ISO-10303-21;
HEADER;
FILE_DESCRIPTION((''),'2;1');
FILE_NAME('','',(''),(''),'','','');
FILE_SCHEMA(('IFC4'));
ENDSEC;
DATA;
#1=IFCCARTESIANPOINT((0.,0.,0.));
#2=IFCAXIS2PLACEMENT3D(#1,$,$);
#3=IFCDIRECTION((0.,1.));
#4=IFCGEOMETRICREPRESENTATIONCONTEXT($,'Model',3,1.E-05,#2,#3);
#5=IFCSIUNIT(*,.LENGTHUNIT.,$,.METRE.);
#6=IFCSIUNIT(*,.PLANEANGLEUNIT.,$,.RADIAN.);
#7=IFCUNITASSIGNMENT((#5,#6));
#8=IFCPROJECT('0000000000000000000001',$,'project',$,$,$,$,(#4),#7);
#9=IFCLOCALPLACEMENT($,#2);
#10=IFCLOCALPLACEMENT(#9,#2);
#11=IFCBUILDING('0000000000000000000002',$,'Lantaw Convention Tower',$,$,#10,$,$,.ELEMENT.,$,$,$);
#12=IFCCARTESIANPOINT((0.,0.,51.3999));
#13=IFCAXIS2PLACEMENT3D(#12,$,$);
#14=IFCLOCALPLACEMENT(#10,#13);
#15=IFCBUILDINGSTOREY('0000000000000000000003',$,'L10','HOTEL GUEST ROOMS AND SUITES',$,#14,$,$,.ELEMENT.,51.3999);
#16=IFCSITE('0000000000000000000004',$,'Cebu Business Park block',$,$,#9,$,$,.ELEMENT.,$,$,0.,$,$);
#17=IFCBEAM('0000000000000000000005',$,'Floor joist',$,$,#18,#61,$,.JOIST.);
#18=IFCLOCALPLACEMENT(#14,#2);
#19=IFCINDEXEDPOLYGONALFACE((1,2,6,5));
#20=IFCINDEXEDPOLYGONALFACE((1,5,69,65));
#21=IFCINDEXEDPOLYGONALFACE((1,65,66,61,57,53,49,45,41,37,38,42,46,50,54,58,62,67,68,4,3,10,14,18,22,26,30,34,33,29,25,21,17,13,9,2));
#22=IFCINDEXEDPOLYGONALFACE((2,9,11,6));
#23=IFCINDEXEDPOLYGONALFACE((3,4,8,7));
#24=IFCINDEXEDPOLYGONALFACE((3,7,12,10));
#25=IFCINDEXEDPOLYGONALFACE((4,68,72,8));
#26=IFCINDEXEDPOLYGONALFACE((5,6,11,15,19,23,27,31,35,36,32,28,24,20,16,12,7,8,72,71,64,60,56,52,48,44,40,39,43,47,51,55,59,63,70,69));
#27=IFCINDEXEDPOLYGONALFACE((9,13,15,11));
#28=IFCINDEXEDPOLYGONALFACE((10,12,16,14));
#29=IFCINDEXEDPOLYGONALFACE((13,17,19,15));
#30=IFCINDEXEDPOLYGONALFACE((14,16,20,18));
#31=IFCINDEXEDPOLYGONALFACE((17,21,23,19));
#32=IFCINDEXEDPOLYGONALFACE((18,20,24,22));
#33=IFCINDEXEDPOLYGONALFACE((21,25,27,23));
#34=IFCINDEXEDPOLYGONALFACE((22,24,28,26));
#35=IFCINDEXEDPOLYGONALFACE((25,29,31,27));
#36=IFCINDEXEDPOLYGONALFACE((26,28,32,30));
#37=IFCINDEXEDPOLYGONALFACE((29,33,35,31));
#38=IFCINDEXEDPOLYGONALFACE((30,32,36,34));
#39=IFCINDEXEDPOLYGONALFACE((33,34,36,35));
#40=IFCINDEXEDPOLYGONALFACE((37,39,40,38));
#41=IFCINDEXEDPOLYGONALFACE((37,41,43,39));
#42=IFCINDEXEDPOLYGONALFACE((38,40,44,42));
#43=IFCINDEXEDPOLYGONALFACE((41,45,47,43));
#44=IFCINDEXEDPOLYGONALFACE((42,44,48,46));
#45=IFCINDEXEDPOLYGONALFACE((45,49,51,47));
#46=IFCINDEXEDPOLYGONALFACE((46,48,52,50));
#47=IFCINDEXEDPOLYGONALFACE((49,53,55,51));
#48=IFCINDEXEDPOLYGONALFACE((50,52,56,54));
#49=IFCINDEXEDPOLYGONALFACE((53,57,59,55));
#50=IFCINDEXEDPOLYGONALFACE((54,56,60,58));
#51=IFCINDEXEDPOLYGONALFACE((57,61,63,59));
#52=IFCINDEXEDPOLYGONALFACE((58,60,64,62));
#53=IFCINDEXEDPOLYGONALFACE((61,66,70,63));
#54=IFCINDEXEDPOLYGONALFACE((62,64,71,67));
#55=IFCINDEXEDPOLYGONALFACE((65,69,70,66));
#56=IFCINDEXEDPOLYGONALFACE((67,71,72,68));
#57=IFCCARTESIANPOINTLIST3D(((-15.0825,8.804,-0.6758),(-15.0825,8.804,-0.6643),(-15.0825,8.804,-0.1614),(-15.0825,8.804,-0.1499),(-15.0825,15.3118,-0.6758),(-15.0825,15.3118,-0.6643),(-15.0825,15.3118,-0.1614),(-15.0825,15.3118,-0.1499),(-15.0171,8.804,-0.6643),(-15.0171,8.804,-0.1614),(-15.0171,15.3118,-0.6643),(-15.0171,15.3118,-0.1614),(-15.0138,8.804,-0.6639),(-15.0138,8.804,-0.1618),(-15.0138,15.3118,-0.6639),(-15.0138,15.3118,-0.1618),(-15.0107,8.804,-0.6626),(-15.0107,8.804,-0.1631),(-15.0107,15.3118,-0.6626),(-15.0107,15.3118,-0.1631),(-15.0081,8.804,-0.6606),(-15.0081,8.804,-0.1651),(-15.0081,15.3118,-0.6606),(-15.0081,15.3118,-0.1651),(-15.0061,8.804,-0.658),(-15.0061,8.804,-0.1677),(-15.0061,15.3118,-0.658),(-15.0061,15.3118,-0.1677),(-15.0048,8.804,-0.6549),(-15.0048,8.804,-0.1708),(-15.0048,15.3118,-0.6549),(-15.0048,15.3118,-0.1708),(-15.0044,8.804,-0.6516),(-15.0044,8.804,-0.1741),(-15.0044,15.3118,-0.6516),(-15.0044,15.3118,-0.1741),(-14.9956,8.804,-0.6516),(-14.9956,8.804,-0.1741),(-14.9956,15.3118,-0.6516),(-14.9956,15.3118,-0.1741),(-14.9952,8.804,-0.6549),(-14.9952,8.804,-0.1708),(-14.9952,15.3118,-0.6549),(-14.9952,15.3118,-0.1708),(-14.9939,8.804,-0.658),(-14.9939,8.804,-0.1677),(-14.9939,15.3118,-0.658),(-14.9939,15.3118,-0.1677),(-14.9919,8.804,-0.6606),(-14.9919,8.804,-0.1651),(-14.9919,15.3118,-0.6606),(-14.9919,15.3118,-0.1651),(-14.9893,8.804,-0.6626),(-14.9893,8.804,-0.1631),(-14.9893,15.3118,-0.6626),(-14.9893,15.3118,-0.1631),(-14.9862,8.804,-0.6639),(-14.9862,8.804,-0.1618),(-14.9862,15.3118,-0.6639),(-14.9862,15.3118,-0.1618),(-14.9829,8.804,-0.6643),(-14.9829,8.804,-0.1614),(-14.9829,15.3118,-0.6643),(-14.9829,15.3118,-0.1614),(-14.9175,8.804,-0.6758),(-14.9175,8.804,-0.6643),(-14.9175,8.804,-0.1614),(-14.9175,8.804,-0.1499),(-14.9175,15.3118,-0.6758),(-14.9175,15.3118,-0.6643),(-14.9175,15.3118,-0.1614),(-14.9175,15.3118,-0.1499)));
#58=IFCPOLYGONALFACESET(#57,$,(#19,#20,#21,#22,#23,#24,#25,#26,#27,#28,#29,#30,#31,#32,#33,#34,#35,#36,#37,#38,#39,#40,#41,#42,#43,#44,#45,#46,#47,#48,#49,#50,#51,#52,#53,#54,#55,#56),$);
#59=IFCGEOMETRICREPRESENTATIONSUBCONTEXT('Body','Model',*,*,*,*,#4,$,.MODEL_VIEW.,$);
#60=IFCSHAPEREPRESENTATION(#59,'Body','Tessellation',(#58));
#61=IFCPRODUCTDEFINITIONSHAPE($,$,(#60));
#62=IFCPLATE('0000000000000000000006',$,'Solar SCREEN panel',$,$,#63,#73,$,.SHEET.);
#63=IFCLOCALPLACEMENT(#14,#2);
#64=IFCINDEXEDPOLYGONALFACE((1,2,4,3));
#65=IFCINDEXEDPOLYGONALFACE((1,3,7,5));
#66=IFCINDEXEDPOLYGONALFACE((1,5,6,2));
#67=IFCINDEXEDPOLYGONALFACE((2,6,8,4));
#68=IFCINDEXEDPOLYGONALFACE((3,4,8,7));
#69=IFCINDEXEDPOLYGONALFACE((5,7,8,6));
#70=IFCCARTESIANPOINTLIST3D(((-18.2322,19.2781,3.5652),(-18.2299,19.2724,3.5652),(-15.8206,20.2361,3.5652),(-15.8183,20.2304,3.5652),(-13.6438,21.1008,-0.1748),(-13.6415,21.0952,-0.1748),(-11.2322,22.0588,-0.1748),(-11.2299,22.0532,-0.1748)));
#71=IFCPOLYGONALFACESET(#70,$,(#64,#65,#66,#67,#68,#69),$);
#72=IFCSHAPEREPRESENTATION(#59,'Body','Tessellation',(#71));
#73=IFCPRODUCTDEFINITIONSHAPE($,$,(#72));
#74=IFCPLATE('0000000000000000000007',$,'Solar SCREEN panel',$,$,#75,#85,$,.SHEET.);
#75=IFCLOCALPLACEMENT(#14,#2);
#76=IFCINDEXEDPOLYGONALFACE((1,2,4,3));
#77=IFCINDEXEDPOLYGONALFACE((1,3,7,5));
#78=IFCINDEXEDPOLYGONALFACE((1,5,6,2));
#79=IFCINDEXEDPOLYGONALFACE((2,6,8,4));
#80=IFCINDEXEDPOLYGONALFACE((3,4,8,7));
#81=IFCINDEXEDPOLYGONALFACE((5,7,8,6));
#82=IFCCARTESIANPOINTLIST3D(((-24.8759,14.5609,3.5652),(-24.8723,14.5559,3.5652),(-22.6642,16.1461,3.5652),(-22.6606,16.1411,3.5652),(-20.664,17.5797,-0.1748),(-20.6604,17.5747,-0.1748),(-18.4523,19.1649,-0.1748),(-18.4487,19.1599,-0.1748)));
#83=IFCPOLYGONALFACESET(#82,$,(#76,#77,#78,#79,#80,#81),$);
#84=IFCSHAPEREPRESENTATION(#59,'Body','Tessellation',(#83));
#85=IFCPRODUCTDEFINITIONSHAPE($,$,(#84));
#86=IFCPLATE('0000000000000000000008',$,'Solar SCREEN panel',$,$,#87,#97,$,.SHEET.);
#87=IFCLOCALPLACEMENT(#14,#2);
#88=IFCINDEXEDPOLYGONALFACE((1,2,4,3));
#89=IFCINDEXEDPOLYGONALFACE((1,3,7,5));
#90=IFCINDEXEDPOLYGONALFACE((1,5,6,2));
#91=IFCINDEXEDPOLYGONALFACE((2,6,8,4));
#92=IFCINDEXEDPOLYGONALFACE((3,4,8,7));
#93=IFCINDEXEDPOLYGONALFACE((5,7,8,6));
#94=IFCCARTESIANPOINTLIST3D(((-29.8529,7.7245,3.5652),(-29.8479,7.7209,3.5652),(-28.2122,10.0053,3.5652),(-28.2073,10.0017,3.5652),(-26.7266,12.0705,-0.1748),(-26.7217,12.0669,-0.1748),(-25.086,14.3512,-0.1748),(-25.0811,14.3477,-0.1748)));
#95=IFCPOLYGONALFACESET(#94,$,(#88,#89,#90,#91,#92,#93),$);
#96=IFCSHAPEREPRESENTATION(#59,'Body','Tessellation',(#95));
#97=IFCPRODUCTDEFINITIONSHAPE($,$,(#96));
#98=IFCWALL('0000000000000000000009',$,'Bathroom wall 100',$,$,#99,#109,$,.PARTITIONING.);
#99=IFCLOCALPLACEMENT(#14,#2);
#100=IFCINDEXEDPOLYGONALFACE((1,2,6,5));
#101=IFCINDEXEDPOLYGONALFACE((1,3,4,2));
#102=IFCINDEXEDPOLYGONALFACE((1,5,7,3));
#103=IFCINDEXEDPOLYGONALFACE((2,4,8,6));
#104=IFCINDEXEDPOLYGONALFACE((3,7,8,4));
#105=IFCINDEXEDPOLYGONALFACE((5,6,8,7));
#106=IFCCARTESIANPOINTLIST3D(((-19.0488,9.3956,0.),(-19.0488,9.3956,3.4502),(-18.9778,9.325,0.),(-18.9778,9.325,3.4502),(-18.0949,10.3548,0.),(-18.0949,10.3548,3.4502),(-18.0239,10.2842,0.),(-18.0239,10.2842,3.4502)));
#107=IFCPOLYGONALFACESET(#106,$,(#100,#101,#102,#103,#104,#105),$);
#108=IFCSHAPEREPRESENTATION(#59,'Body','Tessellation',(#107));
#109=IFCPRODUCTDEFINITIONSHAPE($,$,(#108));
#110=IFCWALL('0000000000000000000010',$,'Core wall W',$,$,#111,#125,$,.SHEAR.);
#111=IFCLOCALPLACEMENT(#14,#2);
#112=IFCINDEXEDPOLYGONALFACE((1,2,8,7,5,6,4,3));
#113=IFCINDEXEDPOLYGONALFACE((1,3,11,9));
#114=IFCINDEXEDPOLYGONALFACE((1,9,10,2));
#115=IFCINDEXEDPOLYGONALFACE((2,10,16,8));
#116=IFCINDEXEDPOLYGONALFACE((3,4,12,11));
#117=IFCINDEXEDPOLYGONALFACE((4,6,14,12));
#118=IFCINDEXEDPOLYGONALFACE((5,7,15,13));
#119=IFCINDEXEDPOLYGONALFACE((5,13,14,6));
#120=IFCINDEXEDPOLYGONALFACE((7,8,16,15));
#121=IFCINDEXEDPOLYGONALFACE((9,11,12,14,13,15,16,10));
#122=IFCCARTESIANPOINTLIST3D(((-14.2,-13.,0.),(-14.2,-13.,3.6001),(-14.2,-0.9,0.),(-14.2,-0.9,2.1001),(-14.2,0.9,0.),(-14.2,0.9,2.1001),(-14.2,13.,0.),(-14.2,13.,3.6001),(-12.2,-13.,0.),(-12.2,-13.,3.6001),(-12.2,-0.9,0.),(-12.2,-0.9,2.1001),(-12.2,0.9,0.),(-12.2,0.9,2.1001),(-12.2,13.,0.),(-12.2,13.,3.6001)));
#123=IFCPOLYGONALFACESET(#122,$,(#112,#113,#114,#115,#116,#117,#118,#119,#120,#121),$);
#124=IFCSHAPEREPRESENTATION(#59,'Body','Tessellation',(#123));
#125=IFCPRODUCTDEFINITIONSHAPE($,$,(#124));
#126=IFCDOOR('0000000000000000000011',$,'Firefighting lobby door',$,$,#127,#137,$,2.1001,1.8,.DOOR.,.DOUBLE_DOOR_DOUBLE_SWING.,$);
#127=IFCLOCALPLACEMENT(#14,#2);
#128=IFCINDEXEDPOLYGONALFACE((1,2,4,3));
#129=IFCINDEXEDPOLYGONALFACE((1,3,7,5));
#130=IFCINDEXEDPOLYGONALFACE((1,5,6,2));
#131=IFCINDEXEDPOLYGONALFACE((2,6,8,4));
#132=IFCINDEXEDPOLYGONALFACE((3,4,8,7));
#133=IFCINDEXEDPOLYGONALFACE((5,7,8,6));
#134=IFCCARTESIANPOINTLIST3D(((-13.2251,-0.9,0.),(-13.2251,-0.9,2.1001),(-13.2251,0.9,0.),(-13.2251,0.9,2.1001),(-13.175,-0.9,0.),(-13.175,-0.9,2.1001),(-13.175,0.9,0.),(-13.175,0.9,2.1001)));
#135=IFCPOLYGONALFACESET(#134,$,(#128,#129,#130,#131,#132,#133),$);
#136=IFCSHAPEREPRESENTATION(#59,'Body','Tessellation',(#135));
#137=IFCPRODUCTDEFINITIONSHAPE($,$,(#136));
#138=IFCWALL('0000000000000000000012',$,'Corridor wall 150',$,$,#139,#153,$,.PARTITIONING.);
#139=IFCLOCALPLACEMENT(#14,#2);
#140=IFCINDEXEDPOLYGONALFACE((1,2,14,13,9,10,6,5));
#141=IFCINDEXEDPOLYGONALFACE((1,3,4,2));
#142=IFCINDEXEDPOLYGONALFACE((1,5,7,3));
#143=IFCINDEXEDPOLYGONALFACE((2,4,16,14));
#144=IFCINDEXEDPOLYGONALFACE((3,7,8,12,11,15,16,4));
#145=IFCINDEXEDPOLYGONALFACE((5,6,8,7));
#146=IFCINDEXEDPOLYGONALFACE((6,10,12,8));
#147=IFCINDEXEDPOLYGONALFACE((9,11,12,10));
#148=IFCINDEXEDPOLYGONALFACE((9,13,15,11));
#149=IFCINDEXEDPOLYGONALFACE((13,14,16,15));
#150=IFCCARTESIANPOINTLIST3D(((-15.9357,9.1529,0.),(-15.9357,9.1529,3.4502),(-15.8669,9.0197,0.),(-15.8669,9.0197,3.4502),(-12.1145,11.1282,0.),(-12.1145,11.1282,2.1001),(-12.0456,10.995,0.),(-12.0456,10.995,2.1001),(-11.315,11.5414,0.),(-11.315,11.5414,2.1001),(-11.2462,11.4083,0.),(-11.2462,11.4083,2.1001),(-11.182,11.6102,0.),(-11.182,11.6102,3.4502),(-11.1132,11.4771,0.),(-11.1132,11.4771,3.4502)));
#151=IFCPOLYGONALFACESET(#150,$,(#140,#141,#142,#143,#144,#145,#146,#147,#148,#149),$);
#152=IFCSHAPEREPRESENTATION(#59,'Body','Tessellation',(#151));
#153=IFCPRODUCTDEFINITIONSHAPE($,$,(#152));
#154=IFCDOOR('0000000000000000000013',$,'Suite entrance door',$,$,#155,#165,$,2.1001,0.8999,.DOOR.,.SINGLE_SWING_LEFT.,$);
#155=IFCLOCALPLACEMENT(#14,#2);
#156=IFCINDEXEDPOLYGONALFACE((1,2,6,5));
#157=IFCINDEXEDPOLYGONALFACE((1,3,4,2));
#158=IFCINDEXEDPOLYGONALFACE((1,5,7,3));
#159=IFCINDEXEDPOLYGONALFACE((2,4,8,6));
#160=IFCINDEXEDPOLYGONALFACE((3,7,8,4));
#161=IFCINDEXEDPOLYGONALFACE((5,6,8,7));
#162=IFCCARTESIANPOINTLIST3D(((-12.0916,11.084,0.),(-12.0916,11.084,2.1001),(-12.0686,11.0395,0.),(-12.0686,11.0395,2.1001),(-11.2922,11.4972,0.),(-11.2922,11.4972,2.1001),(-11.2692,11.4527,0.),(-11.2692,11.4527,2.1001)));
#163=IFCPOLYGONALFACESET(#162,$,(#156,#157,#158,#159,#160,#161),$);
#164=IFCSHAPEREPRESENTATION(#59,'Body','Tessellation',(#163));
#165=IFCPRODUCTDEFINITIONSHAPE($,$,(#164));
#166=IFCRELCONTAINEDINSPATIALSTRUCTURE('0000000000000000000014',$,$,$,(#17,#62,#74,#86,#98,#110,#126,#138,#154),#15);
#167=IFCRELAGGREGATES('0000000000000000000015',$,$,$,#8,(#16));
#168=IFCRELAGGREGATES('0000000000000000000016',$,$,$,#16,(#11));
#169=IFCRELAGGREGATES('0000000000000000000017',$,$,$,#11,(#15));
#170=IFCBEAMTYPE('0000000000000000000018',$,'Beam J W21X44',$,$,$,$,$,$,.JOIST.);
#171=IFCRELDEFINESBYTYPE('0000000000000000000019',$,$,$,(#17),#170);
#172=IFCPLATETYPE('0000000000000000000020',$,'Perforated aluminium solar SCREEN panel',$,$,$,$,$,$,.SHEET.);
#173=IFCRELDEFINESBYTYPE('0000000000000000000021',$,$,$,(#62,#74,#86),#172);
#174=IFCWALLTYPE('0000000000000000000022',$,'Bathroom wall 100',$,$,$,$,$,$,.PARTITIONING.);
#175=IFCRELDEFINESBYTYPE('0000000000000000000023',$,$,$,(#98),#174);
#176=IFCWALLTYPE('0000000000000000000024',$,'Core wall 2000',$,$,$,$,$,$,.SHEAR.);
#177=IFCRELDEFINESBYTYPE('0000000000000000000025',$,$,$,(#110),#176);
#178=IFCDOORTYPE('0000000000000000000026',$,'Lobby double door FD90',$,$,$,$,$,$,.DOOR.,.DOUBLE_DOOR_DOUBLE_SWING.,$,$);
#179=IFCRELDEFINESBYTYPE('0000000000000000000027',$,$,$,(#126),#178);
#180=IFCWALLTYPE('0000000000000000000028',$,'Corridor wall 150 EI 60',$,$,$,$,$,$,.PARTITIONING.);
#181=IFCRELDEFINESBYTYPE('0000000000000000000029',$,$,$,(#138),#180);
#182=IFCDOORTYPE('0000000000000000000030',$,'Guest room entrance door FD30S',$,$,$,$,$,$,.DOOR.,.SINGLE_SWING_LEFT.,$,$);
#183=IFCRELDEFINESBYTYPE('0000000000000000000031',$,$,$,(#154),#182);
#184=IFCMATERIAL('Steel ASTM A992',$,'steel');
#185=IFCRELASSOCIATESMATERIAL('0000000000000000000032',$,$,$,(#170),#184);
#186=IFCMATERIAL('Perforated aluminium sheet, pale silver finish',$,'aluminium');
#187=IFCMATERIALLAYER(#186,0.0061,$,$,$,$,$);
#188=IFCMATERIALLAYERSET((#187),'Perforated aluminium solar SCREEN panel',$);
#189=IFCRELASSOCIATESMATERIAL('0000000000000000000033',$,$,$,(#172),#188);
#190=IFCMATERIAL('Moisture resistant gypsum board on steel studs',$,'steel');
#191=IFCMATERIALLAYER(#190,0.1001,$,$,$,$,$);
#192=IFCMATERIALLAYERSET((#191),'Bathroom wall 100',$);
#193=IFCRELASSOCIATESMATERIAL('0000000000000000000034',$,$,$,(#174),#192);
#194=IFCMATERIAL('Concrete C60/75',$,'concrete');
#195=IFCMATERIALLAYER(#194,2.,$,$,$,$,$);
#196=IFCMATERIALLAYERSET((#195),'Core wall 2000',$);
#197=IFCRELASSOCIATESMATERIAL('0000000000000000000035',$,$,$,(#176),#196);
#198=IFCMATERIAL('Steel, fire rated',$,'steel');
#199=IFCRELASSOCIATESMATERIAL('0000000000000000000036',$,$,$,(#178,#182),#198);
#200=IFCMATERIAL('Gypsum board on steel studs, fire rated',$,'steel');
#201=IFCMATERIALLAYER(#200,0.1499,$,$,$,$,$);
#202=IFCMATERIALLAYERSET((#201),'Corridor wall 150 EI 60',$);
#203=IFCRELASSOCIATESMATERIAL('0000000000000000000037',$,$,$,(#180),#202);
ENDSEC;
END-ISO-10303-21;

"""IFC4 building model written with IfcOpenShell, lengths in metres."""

from ifc_helpers import new_model, si_unit, direction, frame, frame_2d, origin, origin_2d, place, context, subcontext, project, spatial, polyline, rectangle, i_section, outline, extrude, material, layer, layer_set, material_profile, profile_set, type_object, element, fill, save


model = new_model("IFC4")

# Units and contexts
model_context = context("Model", 3, precision=1e-05, world=origin(), true_north=direction((0.0, 1.0)))
body_context = subcontext(model_context, "Body", "Model", "MODEL_VIEW")
ifc_project = project(units=[si_unit("LENGTHUNIT", "METRE"), si_unit("PLANEANGLEUNIT", "RADIAN")], contexts=[model_context])

# Site, building, storey
site_placement = place(None, origin())
site = spatial("IfcSite", under=ifc_project, at=site_placement, Name="Cebu Business Park block", CompositionType="ELEMENT", RefElevation=0.0)
building_placement = place(site_placement, origin())
building = spatial("IfcBuilding", under=site, at=building_placement, Name="Lantaw Convention Tower", CompositionType="ELEMENT")
storey_placement = place(building_placement, frame((0.0, 0.0, 51.3999)))
storey = spatial("IfcBuildingStorey", under=building, at=storey_placement, Name="L10", Description="HOTEL GUEST ROOMS AND SUITES", CompositionType="ELEMENT", Elevation=51.3999)

# Shared definitions
ifc_material_1 = material(Name="Concrete C60/75", Category="concrete")

# Beam
ifc_material_2 = material(Name="Steel ASTM A992", Category="steel")
ifc_material_profile_1 = material_profile(ifc_material_2, i_section(OverallWidth=0.165, OverallDepth=0.5259, WebThickness=0.0088, FlangeThickness=0.0115, FilletRadius=0.0127, at=origin_2d()), Name="W21X44")
ifc_profile_set_1 = profile_set([ifc_material_profile_1], Name="Steel ASTM A992")
beam_type_1 = type_object("IfcBeamType", Name="Beam J W21X44", PredefinedType="JOIST", material=ifc_profile_set_1)
beam_1_placement = place(storey_placement, frame((-15.0, 8.804, -0.4128), z_axis=(0.0, 1.0, 0.0), x_axis=(-1.0, 0.0, 0.0)))
element("IfcBeam", 1, at=beam_1_placement, inside=storey, type_object=beam_type_1, Name="Floor joist", PredefinedType="JOIST", context=body_context, shape_type="SweptSolid", body=[
    extrude(i_section(OverallWidth=0.165, OverallDepth=0.5259, WebThickness=0.0088, FlangeThickness=0.0115, FilletRadius=0.0127, at=origin_2d()), origin(), (0.0, 0.0, 1.0), 6.5078),
])

# Plates
ifc_material_3 = material(Name="Perforated aluminium sheet, pale silver finish", Category="aluminium")
ifc_layer_1 = layer(ifc_material_3, 0.0061)
ifc_layer_set_1 = layer_set([ifc_layer_1], Name="Perforated aluminium solar SCREEN panel")
plate_type = type_object("IfcPlateType", Name="Perforated aluminium solar SCREEN panel", PredefinedType="SHEET", material=ifc_layer_set_1)
plate_1_placement = place(storey_placement, frame((-11.2322, 22.0588, -0.1748), z_axis=(-0.369184, 0.929357, 0.000009), x_axis=(-0.929357, -0.369184, 0.0)))
element("IfcPlate", 2, at=plate_1_placement, inside=storey, type_object=plate_type, Name="Solar SCREEN panel", PredefinedType="SHEET", context=body_context, shape_type="SweptSolid", body=[
    extrude(outline(polyline([(0.0, 0.0), (2.5949, 0.0), (7.5321, 3.74), (4.9372, 3.74), (0.0, 0.0)])), origin(), (0.0, 0.0, -1.0), 0.0061),
])
plate_2_placement = place(storey_placement, frame((-18.4487, 19.1599, -0.1748), z_axis=(0.582561, -0.812787, 0.000016), x_axis=(-0.812787, -0.582561, 0.0)))
element("IfcPlate", 3, at=plate_2_placement, inside=storey, type_object=plate_type, Name="Solar SCREEN panel", PredefinedType="SHEET", context=body_context, shape_type="SweptSolid", body=[
    extrude(outline(polyline([(0.0, 0.0), (2.7211, 0.0), (7.9031, -3.74), (5.182, -3.74), (0.0, 0.0)])), origin(), (0.0, 0.0, -1.0), 0.0061),
])
plate_3_placement = place(storey_placement, frame((-25.0811, 14.3477, -0.1748), z_axis=(0.811791, -0.583948, 0.000009), x_axis=(-0.583948, -0.811791, 0.0)))
element("IfcPlate", 4, at=plate_3_placement, inside=storey, type_object=plate_type, Name="Solar SCREEN panel", PredefinedType="SHEET", context=body_context, shape_type="SweptSolid", body=[
    extrude(outline(polyline([(0.0, 0.0), (2.8095, 0.0), (8.1631, -3.74), (5.3536, -3.74), (0.0, 0.0)])), origin(), (0.0, 0.0, -1.0), 0.0061),
])

# Wall
ifc_material_4 = material(Name="Moisture resistant gypsum board on steel studs", Category="steel")
ifc_layer_2 = layer(ifc_material_4, 0.1001)
ifc_layer_set_2 = layer_set([ifc_layer_2], Name="Bathroom wall 100")
wall_type_1 = type_object("IfcWallType", Name="Bathroom wall 100", PredefinedType="PARTITIONING", material=ifc_layer_set_2)
wall_1_placement = place(storey_placement, frame((-19.0132, 9.3604, 0.0), z_axis=(0.0, 0.0, 1.0), x_axis=(0.705119, 0.709089, 0.0)))
element("IfcWall", 5, at=wall_1_placement, inside=storey, type_object=wall_type_1, Name="Bathroom wall 100", PredefinedType="PARTITIONING", context=body_context, shape_type="SweptSolid", body=[
    extrude(rectangle(XDim=1.3528, YDim=0.1001, at=frame_2d((0.6763, 0.0))), origin(), (0.0, 0.0, 1.0), 3.4502),
])

# Walls, openings, doors
ifc_layer_3 = layer(ifc_material_1, 2.0)
ifc_layer_set_3 = layer_set([ifc_layer_3], Name="Core wall 2000")
wall_type_2 = type_object("IfcWallType", Name="Core wall 2000", PredefinedType="SHEAR", material=ifc_layer_set_3)
wall_2_placement = place(storey_placement, frame((-13.2, 13.0, 0.0), z_axis=(0.0, 0.0, 1.0), x_axis=(0.0, -1.0, 0.0)))
wall_2 = element("IfcWall", 6, at=wall_2_placement, inside=storey, type_object=wall_type_2, Name="Core wall W", PredefinedType="SHEAR", context=body_context, shape_type="SweptSolid", body=[
    extrude(rectangle(XDim=26.0, YDim=2.0, at=frame_2d((13.0, 0.0))), origin(), (0.0, 0.0, 1.0), 3.6001),
])
opening_1_placement = place(wall_2_placement, frame((12.1001, 0.0, 0.0)))
opening_1 = element("IfcOpeningElement", 7, at=opening_1_placement, cuts=wall_2, PredefinedType="OPENING", context=body_context, shape_type="SweptSolid", body=[
    extrude(rectangle(XDim=1.8, YDim=2.1001, at=frame_2d((0.8999, 1.05))), frame((0.0, 1.01, 0.0), z_axis=(0.0, -1.0, 0.0), x_axis=(1.0, 0.0, 0.0)), (0.0, 0.0, 1.0), 2.02),
])
ifc_material_5 = material(Name="Steel, fire rated", Category="steel")
door_type_1 = type_object("IfcDoorType", Name="Lobby double door FD90", OperationType="DOUBLE_DOOR_DOUBLE_SWING", PredefinedType="DOOR", material=ifc_material_5)
door_1_placement = place(opening_1_placement, origin())
door_1 = element("IfcDoor", 8, at=door_1_placement, inside=storey, type_object=door_type_1, Name="Firefighting lobby door", OperationType="DOUBLE_DOOR_DOUBLE_SWING", OverallHeight=2.1001, OverallWidth=1.8, PredefinedType="DOOR", context=body_context, shape_type="SweptSolid", body=[
    extrude(rectangle(XDim=1.8, YDim=2.1001, at=frame_2d((0.8999, 1.05))), frame((0.0, 0.0249, 0.0), z_axis=(0.0, -1.0, 0.0), x_axis=(1.0, 0.0, 0.0)), (0.0, 0.0, 1.0), 0.05),
])
fill(opening_1, door_1)
ifc_material_6 = material(Name="Gypsum board on steel studs, fire rated", Category="steel")
ifc_layer_4 = layer(ifc_material_6, 0.1499)
ifc_layer_set_4 = layer_set([ifc_layer_4], Name="Corridor wall 150 EI 60")
wall_type_3 = type_object("IfcWallType", Name="Corridor wall 150 EI 60", PredefinedType="PARTITIONING", material=ifc_layer_set_4)
wall_3_placement = place(storey_placement, frame((-11.1475, 11.5437, 0.0), z_axis=(0.0, 0.0, 1.0), x_axis=(-0.888333, -0.459199, 0.0)))
wall_3 = element("IfcWall", 9, at=wall_3_placement, inside=storey, type_object=wall_type_3, Name="Corridor wall 150", PredefinedType="PARTITIONING", context=body_context, shape_type="SweptSolid", body=[
    extrude(rectangle(XDim=5.3513, YDim=0.1499, at=frame_2d((2.6758, 0.0))), origin(), (0.0, 0.0, 1.0), 3.4502),
])
opening_2_placement = place(wall_3_placement, frame((0.1499, 0.0, 0.0)))
opening_2 = element("IfcOpeningElement", 10, at=opening_2_placement, cuts=wall_3, PredefinedType="OPENING", context=body_context, shape_type="SweptSolid", body=[
    extrude(rectangle(XDim=0.8999, YDim=2.1001, at=frame_2d((0.45, 1.05))), frame((0.0, 0.085, 0.0), z_axis=(0.0, -1.0, 0.0), x_axis=(1.0, 0.0, 0.0)), (0.0, 0.0, 1.0), 0.1699),
])
door_type_2 = type_object("IfcDoorType", Name="Guest room entrance door FD30S", OperationType="SINGLE_SWING_LEFT", PredefinedType="DOOR", material=ifc_material_5)
door_2_placement = place(opening_2_placement, origin())
door_2 = element("IfcDoor", 11, at=door_2_placement, inside=storey, type_object=door_type_2, Name="Suite entrance door", OperationType="SINGLE_SWING_LEFT", OverallHeight=2.1001, OverallWidth=0.8999, PredefinedType="DOOR", context=body_context, shape_type="SweptSolid", body=[
    extrude(rectangle(XDim=0.8999, YDim=2.1001, at=frame_2d((0.45, 1.05))), frame((0.0, 0.0249, 0.0), z_axis=(0.0, -1.0, 0.0), x_axis=(1.0, 0.0, 0.0)), (0.0, 0.0, 1.0), 0.05),
])
fill(opening_2, door_2)

save(model, "model.ifc")
